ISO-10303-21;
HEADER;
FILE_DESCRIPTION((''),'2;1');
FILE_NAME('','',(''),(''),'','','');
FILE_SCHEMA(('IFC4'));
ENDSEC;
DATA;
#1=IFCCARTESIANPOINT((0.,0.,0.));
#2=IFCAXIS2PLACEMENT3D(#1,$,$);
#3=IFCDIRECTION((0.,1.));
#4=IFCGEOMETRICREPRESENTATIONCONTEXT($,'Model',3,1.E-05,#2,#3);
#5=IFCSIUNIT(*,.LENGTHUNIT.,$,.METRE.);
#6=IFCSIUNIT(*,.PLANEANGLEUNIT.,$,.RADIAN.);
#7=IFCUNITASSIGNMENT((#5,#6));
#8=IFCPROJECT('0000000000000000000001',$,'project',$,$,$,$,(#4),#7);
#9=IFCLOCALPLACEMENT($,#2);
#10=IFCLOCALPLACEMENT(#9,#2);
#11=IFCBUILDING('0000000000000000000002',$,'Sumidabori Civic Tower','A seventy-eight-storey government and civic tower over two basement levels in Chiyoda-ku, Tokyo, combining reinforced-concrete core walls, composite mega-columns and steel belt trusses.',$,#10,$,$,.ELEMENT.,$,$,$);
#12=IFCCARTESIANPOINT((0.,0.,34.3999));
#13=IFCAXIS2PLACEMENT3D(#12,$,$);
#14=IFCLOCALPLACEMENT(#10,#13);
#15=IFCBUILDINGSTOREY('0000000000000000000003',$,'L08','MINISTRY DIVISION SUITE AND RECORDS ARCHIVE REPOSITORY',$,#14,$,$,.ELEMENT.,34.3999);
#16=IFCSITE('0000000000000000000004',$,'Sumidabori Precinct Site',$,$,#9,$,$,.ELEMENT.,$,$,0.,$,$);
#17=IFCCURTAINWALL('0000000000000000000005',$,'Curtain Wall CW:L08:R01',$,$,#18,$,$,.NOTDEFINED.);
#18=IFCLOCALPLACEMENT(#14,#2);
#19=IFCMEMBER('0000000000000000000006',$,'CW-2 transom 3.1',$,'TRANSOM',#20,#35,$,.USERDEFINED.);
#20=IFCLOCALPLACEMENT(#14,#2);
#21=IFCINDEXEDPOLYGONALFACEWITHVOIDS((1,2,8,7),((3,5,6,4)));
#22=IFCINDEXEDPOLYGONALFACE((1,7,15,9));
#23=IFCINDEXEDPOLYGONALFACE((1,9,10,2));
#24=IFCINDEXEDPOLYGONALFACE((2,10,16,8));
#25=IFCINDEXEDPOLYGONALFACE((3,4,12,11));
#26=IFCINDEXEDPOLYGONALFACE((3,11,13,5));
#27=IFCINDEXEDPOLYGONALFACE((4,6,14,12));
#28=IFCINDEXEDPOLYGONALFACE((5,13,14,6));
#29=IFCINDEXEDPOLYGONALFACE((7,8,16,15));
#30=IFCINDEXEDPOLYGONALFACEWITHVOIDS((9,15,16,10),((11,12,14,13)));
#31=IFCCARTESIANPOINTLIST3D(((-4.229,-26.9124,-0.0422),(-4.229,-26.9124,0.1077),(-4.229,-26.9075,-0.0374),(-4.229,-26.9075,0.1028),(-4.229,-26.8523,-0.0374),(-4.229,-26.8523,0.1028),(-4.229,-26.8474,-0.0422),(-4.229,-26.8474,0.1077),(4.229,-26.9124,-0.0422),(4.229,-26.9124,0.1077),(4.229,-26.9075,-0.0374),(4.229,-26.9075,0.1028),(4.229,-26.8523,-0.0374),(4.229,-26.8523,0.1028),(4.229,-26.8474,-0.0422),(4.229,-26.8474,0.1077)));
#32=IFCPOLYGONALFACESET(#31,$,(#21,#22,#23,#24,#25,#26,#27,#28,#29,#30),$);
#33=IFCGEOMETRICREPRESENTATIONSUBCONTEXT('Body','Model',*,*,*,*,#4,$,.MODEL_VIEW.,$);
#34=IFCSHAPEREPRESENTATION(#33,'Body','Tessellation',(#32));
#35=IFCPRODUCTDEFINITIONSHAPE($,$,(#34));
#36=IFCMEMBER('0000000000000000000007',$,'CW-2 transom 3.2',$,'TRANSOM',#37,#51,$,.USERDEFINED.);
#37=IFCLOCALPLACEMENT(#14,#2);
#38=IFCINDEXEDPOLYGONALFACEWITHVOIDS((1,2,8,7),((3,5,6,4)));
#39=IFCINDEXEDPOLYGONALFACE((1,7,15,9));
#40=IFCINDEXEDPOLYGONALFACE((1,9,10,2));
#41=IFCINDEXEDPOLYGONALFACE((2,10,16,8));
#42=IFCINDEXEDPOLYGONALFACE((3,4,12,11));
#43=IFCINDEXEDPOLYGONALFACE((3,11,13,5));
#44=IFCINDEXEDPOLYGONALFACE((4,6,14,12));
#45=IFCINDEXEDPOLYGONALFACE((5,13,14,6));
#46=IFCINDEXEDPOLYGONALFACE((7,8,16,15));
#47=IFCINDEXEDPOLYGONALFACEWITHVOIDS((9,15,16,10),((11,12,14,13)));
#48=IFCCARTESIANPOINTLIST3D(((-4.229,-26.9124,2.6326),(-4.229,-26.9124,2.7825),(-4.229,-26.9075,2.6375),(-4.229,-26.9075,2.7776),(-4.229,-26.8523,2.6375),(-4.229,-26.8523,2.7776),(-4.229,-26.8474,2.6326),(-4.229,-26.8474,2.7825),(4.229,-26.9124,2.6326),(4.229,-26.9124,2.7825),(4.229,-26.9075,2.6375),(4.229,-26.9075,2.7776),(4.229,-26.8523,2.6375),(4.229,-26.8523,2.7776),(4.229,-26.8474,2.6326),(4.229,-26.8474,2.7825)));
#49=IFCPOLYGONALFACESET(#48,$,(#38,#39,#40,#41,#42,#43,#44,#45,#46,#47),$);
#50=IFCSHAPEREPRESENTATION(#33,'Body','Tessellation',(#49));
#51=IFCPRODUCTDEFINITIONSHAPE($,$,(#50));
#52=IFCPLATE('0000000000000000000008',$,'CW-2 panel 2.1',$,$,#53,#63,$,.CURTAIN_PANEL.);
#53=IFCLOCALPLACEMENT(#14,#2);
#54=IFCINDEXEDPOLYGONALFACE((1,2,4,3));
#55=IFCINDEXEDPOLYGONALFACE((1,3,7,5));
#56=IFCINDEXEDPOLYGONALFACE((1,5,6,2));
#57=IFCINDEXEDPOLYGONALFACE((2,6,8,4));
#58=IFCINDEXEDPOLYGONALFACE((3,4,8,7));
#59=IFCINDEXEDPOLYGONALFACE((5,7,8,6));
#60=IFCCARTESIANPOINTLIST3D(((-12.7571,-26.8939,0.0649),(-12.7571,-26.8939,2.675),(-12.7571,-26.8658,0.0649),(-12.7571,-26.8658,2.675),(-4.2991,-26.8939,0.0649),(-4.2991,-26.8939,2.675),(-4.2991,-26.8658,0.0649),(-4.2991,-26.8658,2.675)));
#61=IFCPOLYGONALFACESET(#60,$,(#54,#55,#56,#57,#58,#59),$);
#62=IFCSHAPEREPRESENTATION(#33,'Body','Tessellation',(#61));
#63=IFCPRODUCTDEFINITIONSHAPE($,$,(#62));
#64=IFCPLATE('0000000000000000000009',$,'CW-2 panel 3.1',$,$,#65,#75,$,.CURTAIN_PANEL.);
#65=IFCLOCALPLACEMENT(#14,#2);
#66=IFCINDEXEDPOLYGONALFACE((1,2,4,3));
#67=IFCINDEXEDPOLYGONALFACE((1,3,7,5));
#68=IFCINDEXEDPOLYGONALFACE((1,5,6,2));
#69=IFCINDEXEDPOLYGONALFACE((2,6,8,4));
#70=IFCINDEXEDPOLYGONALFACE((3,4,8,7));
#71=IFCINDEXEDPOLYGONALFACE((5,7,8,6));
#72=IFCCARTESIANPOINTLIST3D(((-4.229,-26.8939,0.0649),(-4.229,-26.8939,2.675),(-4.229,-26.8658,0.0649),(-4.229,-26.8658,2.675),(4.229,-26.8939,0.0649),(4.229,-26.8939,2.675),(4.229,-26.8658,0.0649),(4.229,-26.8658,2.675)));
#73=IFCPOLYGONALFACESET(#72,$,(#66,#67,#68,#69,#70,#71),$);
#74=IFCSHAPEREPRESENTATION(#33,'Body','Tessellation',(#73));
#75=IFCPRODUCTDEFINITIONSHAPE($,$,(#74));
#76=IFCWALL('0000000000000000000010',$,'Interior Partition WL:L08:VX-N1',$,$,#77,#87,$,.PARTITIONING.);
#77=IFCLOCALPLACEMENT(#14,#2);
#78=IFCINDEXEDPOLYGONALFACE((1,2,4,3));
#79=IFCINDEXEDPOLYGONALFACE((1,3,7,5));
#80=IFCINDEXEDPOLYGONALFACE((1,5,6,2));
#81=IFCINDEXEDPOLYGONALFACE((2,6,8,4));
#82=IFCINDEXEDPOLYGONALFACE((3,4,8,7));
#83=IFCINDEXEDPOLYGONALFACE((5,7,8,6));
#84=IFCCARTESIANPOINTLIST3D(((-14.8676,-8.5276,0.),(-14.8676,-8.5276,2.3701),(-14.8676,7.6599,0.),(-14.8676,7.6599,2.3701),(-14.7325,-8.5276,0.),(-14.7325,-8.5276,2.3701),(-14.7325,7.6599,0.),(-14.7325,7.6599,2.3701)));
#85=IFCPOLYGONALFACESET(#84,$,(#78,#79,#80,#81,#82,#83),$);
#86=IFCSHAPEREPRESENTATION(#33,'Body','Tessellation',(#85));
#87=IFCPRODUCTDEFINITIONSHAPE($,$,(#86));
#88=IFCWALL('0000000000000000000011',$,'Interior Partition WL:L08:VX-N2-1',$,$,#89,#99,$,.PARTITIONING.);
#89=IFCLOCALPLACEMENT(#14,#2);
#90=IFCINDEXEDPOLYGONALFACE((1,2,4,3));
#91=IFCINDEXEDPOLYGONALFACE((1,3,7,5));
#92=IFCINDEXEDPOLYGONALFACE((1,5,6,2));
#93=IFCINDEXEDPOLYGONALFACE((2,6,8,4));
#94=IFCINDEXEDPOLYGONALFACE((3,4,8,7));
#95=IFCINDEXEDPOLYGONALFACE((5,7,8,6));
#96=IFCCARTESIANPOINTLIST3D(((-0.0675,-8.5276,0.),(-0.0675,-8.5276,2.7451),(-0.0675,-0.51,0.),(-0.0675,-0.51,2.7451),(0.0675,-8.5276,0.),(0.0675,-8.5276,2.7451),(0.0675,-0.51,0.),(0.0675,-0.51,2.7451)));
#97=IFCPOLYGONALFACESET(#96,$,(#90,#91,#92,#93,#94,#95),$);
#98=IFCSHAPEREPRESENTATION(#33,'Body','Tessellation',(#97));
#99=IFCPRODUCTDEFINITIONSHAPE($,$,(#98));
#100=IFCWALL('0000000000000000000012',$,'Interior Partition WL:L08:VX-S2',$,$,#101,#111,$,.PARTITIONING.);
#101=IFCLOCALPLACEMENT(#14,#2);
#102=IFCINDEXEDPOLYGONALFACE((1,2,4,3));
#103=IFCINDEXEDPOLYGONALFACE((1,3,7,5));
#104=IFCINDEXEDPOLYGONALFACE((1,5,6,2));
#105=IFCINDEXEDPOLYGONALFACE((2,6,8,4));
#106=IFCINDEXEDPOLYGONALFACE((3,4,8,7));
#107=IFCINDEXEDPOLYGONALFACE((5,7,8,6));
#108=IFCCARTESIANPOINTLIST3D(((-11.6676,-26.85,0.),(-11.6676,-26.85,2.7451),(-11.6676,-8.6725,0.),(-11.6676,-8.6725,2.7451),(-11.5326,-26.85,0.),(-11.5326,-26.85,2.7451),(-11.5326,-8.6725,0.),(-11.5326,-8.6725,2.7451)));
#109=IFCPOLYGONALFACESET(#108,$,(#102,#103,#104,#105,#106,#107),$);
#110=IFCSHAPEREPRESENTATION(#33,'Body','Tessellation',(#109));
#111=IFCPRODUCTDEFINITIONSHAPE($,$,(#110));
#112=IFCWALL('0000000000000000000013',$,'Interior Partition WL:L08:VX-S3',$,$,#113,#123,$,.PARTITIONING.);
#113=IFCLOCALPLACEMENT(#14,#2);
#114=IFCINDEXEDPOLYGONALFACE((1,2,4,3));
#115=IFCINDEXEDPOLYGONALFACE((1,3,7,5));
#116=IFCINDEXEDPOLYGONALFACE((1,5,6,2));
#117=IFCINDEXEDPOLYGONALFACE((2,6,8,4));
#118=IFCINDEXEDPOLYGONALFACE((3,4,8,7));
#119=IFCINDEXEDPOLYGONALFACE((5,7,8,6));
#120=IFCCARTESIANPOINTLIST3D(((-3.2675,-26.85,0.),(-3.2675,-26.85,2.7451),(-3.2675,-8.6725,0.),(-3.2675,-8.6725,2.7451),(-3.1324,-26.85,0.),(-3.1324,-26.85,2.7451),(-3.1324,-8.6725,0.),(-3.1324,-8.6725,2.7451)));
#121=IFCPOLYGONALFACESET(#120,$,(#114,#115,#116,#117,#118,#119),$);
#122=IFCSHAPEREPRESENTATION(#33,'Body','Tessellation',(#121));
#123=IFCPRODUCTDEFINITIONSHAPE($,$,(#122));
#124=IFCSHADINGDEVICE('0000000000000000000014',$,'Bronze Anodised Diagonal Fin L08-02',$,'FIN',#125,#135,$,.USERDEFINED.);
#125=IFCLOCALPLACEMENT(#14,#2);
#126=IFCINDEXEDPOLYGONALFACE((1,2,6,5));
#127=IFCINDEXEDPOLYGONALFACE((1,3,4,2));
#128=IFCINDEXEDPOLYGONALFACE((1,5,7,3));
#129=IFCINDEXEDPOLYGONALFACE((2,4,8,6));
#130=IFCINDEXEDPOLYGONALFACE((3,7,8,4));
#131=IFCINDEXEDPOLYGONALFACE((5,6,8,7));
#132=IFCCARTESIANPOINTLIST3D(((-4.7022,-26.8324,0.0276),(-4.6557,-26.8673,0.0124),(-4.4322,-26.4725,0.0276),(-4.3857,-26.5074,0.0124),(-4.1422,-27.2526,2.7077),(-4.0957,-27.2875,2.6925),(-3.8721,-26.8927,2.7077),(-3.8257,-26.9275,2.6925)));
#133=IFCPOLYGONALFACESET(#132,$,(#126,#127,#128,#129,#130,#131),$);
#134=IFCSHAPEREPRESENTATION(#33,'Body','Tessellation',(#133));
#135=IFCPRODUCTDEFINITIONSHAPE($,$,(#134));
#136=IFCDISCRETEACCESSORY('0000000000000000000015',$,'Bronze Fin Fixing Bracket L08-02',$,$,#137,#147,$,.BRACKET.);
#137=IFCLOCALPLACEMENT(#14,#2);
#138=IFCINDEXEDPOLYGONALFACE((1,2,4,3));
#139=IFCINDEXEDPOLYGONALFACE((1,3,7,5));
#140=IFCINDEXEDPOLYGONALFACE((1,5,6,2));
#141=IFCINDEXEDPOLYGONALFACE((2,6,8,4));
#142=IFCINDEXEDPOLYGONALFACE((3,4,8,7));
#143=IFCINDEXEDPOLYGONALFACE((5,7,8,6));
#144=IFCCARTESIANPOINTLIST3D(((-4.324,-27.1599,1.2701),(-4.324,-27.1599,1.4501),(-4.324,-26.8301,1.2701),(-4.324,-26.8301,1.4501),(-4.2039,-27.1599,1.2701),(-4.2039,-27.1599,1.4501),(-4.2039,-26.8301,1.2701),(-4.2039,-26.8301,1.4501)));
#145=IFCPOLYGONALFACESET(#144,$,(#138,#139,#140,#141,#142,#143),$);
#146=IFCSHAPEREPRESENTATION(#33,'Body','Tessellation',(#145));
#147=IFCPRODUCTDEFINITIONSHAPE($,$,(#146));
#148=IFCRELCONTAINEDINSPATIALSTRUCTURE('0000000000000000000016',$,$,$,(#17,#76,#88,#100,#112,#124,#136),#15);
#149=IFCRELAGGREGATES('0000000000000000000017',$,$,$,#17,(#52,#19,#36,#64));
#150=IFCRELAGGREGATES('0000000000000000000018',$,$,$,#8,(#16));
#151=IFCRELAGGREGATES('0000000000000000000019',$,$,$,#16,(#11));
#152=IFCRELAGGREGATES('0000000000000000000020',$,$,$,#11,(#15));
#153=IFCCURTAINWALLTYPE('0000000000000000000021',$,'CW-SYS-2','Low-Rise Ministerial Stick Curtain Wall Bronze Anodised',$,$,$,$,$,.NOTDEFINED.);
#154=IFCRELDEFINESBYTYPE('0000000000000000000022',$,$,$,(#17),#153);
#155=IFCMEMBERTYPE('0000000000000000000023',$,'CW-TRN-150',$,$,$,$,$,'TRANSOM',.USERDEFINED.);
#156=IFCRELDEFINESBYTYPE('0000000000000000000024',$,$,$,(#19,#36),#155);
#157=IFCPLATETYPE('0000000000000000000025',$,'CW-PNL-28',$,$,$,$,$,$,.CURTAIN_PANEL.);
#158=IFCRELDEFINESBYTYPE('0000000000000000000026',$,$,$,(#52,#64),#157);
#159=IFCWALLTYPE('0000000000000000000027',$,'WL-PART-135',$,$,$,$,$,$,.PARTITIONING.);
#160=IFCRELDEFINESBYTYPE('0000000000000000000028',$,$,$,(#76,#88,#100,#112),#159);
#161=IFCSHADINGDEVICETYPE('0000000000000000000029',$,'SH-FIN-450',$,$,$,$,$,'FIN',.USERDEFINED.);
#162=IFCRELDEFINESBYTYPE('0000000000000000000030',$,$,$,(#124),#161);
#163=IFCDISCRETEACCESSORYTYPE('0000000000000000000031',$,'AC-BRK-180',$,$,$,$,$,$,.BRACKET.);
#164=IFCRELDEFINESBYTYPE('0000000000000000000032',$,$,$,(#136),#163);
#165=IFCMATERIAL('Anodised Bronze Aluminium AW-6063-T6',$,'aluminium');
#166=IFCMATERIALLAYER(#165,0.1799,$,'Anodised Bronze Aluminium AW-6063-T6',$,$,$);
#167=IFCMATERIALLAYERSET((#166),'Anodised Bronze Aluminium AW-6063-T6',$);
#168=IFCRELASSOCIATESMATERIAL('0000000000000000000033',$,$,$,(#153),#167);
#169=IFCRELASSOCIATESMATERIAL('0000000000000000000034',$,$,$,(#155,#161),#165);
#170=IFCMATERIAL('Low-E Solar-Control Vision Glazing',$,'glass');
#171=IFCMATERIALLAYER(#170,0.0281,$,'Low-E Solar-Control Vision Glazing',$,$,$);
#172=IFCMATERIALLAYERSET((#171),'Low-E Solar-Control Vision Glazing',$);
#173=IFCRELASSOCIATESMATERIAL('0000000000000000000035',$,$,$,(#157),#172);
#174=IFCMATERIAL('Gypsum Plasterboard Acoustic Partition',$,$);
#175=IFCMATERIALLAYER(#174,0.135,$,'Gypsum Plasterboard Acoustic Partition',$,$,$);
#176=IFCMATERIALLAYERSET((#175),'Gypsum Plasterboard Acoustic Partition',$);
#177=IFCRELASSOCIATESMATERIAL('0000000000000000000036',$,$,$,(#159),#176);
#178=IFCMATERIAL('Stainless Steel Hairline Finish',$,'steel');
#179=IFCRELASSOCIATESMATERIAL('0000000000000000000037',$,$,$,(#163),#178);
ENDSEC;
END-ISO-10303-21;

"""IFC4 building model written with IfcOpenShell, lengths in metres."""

from ifc_helpers import new_model, si_unit, direction, frame, frame_2d, origin, origin_2d, place, context, subcontext, project, spatial, rectangle, hollow_rectangle, extrude, source, transform, mapped, material, layer, layer_set, material_profile, profile_set, type_object, element, aggregate, save


model = new_model("IFC4")

# Units and contexts
model_context = context("Model", 3, precision=1e-05, world=origin(), true_north=direction((0.0, 1.0)))
body_context = subcontext(model_context, "Body", "Model", "MODEL_VIEW")
ifc_project = project(units=[si_unit("LENGTHUNIT", "METRE"), si_unit("PLANEANGLEUNIT", "RADIAN")], contexts=[model_context])

# Site, building, storey
site_placement = place(None, origin())
site = spatial("IfcSite", under=ifc_project, at=site_placement, Name="Sumidabori Precinct Site", CompositionType="ELEMENT", RefElevation=0.0)
building_placement = place(site_placement, origin())
building = spatial("IfcBuilding", under=site, at=building_placement, Name="Sumidabori Civic Tower", Description="A seventy-eight-storey government and civic tower over two basement levels in Chiyoda-ku, Tokyo, combining reinforced-concrete core walls, composite mega-columns and steel belt trusses.", CompositionType="ELEMENT")
storey_placement = place(building_placement, frame((0.0, 0.0, 34.3999)))
storey = spatial("IfcBuildingStorey", under=building, at=storey_placement, Name="L08", Description="MINISTRY DIVISION SUITE AND RECORDS ARCHIVE REPOSITORY", CompositionType="ELEMENT", Elevation=34.3999)

# Curtain wall, members, plates
ifc_material_1 = material(Name="Anodised Bronze Aluminium AW-6063-T6", Category="aluminium")
ifc_layer_1 = layer(ifc_material_1, 0.1799, Name="Anodised Bronze Aluminium AW-6063-T6")
ifc_layer_set_1 = layer_set([ifc_layer_1], Name="Anodised Bronze Aluminium AW-6063-T6")
curtain_wall_type = type_object("IfcCurtainWallType", Name="CW-SYS-2", Description="Low-Rise Ministerial Stick Curtain Wall Bronze Anodised", PredefinedType="NOTDEFINED", material=ifc_layer_set_1)
curtain_wall_placement = place(storey_placement, origin())
curtain_wall = element("IfcCurtainWall", 1, at=curtain_wall_placement, inside=storey, type_object=curtain_wall_type, Name="Curtain Wall CW:L08:R01", PredefinedType="NOTDEFINED")
ifc_material_profile_1 = material_profile(ifc_material_1, hollow_rectangle(XDim=0.0649, YDim=0.1499, WallThickness=0.0049, at=origin_2d()), Name="ALU TRANSOM 150x65")
ifc_profile_set_1 = profile_set([ifc_material_profile_1], Name="Anodised Bronze Aluminium AW-6063-T6")
member_type_1 = type_object("IfcMemberType", Name="CW-TRN-150", ElementType="TRANSOM", PredefinedType="USERDEFINED", material=ifc_profile_set_1)
shared_shape_1 = source(origin(), body_context, "Body", "SweptSolid", [
    extrude(hollow_rectangle(XDim=0.0649, YDim=0.1499, WallThickness=0.0049, at=origin_2d()), origin(), (0.0, 0.0, 1.0), 8.458),
])
member_1_placement = place(storey_placement, frame((-4.229, -26.8799, 0.0327), z_axis=(1.0, 0.0, 0.0), x_axis=(0.0, 1.0, 0.0)))
member_1 = element("IfcMember", 2, at=member_1_placement, type_object=member_type_1, Name="CW-2 transom 3.1", ObjectType="TRANSOM", PredefinedType="USERDEFINED", context=body_context, shape_type="MappedRepresentation", body=[
    mapped(shared_shape_1, transform((0.0, 0.0, 0.0), x_axis=(1.0, 0.0, 0.0), y_axis=(0.0, 1.0, 0.0), z_axis=(0.0, 0.0, 1.0), scale=1.0)),
])
member_2_placement = place(storey_placement, frame((-4.229, -26.8799, 2.7075), z_axis=(1.0, 0.0, 0.0), x_axis=(0.0, 1.0, 0.0)))
member_2 = element("IfcMember", 3, at=member_2_placement, type_object=member_type_1, Name="CW-2 transom 3.2", ObjectType="TRANSOM", PredefinedType="USERDEFINED", context=body_context, shape_type="MappedRepresentation", body=[
    mapped(shared_shape_1, transform((0.0, 0.0, 0.0), x_axis=(1.0, 0.0, 0.0), y_axis=(0.0, 1.0, 0.0), z_axis=(0.0, 0.0, 1.0), scale=1.0)),
])
ifc_material_2 = material(Name="Low-E Solar-Control Vision Glazing", Category="glass")
ifc_layer_2 = layer(ifc_material_2, 0.0281, Name="Low-E Solar-Control Vision Glazing")
ifc_layer_set_2 = layer_set([ifc_layer_2], Name="Low-E Solar-Control Vision Glazing")
plate_type = type_object("IfcPlateType", Name="CW-PNL-28", PredefinedType="CURTAIN_PANEL", material=ifc_layer_set_2)
shared_shape_2 = source(origin(), body_context, "Body", "SweptSolid", [
    extrude(rectangle(XDim=8.458, YDim=0.0281, at=origin_2d()), origin(), (0.0, 0.0, 1.0), 2.6101),
])
plate_1_placement = place(storey_placement, frame((-8.5281, -26.8799, 0.0649), z_axis=(0.0, 0.0, 1.0), x_axis=(1.0, 0.0, 0.0)))
plate_1 = element("IfcPlate", 4, at=plate_1_placement, type_object=plate_type, Name="CW-2 panel 2.1", PredefinedType="CURTAIN_PANEL", context=body_context, shape_type="MappedRepresentation", body=[
    mapped(shared_shape_2, transform((0.0, 0.0, 0.0), x_axis=(1.0, 0.0, 0.0), y_axis=(0.0, 1.0, 0.0), z_axis=(0.0, 0.0, 1.0), scale=1.0)),
])
plate_2_placement = place(storey_placement, frame((0.0, -26.8799, 0.0649), z_axis=(0.0, 0.0, 1.0), x_axis=(1.0, 0.0, 0.0)))
plate_2 = element("IfcPlate", 5, at=plate_2_placement, type_object=plate_type, Name="CW-2 panel 3.1", PredefinedType="CURTAIN_PANEL", context=body_context, shape_type="MappedRepresentation", body=[
    mapped(shared_shape_2, transform((0.0, 0.0, 0.0), x_axis=(1.0, 0.0, 0.0), y_axis=(0.0, 1.0, 0.0), z_axis=(0.0, 0.0, 1.0), scale=1.0)),
])
aggregate(curtain_wall, [plate_1, member_1, member_2, plate_2])

# Walls
ifc_material_3 = material(Name="Gypsum Plasterboard Acoustic Partition")
ifc_layer_3 = layer(ifc_material_3, 0.135, Name="Gypsum Plasterboard Acoustic Partition")
ifc_layer_set_3 = layer_set([ifc_layer_3], Name="Gypsum Plasterboard Acoustic Partition")
wall_type = type_object("IfcWallType", Name="WL-PART-135", PredefinedType="PARTITIONING", material=ifc_layer_set_3)
shared_shape_3 = source(origin(), body_context, "Body", "SweptSolid", [
    extrude(rectangle(XDim=16.1875, YDim=0.135, at=frame_2d((8.0938, 0.0))), origin(), (0.0, 0.0, 1.0), 2.3701),
])
wall_1_placement = place(storey_placement, frame((-14.8, -8.5276, 0.0), z_axis=(0.0, 0.0, 1.0), x_axis=(0.0, 1.0, 0.0)))
element("IfcWall", 6, at=wall_1_placement, inside=storey, type_object=wall_type, Name="Interior Partition WL:L08:VX-N1", PredefinedType="PARTITIONING", context=body_context, shape_type="MappedRepresentation", body=[
    mapped(shared_shape_3, transform((0.0, 0.0, 0.0), x_axis=(1.0, 0.0, 0.0), y_axis=(0.0, 1.0, 0.0), z_axis=(0.0, 0.0, 1.0), scale=1.0)),
])
shared_shape_4 = source(origin(), body_context, "Body", "SweptSolid", [
    extrude(rectangle(XDim=8.0176, YDim=0.135, at=frame_2d((4.0088, 0.0))), origin(), (0.0, 0.0, 1.0), 2.7451),
])
wall_2_placement = place(storey_placement, frame((0.0, -8.5276, 0.0), z_axis=(0.0, 0.0, 1.0), x_axis=(0.0, 1.0, 0.0)))
element("IfcWall", 7, at=wall_2_placement, inside=storey, type_object=wall_type, Name="Interior Partition WL:L08:VX-N2-1", PredefinedType="PARTITIONING", context=body_context, shape_type="MappedRepresentation", body=[
    mapped(shared_shape_4, transform((0.0, 0.0, 0.0), x_axis=(1.0, 0.0, 0.0), y_axis=(0.0, 1.0, 0.0), z_axis=(0.0, 0.0, 1.0), scale=1.0)),
])
shared_shape_5 = source(origin(), body_context, "Body", "SweptSolid", [
    extrude(rectangle(XDim=18.1775, YDim=0.135, at=frame_2d((9.0889, 0.0))), origin(), (0.0, 0.0, 1.0), 2.7451),
])
for number, where, z_axis, x_axis, name in (
    (8, (-11.6001, -26.8501, 0.0), (0.0, 0.0, 1.0), (0.0, 1.0, 0.0), "Interior Partition WL:L08:VX-S2"),
    (9, (-3.2, -26.8501, 0.0), (0.0, 0.0, 1.0), (0.0, 1.0, 0.0), "Interior Partition WL:L08:VX-S3"),
):
    element("IfcWall", number, at=place(storey_placement, frame(where, z_axis=z_axis, x_axis=x_axis)), inside=storey, type_object=wall_type, Name=name, PredefinedType="PARTITIONING", context=body_context, shape_type="MappedRepresentation", body=[
        mapped(shared_shape_5, transform((0.0, 0.0, 0.0), x_axis=(1.0, 0.0, 0.0), y_axis=(0.0, 1.0, 0.0), z_axis=(0.0, 0.0, 1.0), scale=1.0)),
    ])

# Shading device
ifc_material_profile_2 = material_profile(ifc_material_1, rectangle(XDim=0.0601, YDim=0.45, at=origin_2d()), Name="BRONZE FIN 450x60")
ifc_profile_set_2 = profile_set([ifc_material_profile_2], Name="Anodised Bronze Aluminium AW-6063-T6")
shading_device_type = type_object("IfcShadingDeviceType", Name="SH-FIN-450", ElementType="FIN", PredefinedType="USERDEFINED", material=ifc_profile_set_2)
shared_shape_6 = source(origin(), body_context, "Body", "SweptSolid", [
    extrude(rectangle(XDim=0.0601, YDim=0.45, at=origin_2d()), origin(), (0.0, 0.0, 1.0), 2.77),
])
shading_device_placement = place(storey_placement, frame((-4.5439, -26.6699, 0.02), z_axis=(0.202179, -0.151678, 0.967532), x_axis=(0.773944, -0.580627, -0.25275)))
element("IfcShadingDevice", 10, at=shading_device_placement, inside=storey, type_object=shading_device_type, Name="Bronze Anodised Diagonal Fin L08-02", ObjectType="FIN", PredefinedType="USERDEFINED", context=body_context, shape_type="MappedRepresentation", body=[
    mapped(shared_shape_6, transform((0.0, 0.0, 0.0), x_axis=(1.0, 0.0, 0.0), y_axis=(0.0, 1.0, 0.0), z_axis=(0.0, 0.0, 1.0), scale=1.0)),
])

# Discrete accessory
ifc_material_4 = material(Name="Stainless Steel Hairline Finish", Category="steel")
ifc_material_profile_3 = material_profile(ifc_material_4, rectangle(XDim=0.1201, YDim=0.1799, at=origin_2d()), Name="STEEL BRACKET 180x120")
ifc_profile_set_3 = profile_set([ifc_material_profile_3], Name="Stainless Steel Hairline Finish")
discrete_accessory_type = type_object("IfcDiscreteAccessoryType", Name="AC-BRK-180", PredefinedType="BRACKET", material=ifc_profile_set_3)
shared_shape_7 = source(origin(), body_context, "Body", "SweptSolid", [
    extrude(rectangle(XDim=0.1201, YDim=0.1799, at=origin_2d()), origin(), (0.0, 0.0, 1.0), 0.3298),
])
discrete_accessory_placement = place(storey_placement, frame((-4.2639, -26.8301, 1.3601), z_axis=(0.0, -1.0, 0.0), x_axis=(1.0, 0.0, 0.0)))
element("IfcDiscreteAccessory", 11, at=discrete_accessory_placement, inside=storey, type_object=discrete_accessory_type, Name="Bronze Fin Fixing Bracket L08-02", PredefinedType="BRACKET", context=body_context, shape_type="MappedRepresentation", body=[
    mapped(shared_shape_7, transform((0.0, 0.0, 0.0), x_axis=(1.0, 0.0, 0.0), y_axis=(0.0, 1.0, 0.0), z_axis=(0.0, 0.0, 1.0), scale=1.0)),
])

save(model, "model.ifc")
